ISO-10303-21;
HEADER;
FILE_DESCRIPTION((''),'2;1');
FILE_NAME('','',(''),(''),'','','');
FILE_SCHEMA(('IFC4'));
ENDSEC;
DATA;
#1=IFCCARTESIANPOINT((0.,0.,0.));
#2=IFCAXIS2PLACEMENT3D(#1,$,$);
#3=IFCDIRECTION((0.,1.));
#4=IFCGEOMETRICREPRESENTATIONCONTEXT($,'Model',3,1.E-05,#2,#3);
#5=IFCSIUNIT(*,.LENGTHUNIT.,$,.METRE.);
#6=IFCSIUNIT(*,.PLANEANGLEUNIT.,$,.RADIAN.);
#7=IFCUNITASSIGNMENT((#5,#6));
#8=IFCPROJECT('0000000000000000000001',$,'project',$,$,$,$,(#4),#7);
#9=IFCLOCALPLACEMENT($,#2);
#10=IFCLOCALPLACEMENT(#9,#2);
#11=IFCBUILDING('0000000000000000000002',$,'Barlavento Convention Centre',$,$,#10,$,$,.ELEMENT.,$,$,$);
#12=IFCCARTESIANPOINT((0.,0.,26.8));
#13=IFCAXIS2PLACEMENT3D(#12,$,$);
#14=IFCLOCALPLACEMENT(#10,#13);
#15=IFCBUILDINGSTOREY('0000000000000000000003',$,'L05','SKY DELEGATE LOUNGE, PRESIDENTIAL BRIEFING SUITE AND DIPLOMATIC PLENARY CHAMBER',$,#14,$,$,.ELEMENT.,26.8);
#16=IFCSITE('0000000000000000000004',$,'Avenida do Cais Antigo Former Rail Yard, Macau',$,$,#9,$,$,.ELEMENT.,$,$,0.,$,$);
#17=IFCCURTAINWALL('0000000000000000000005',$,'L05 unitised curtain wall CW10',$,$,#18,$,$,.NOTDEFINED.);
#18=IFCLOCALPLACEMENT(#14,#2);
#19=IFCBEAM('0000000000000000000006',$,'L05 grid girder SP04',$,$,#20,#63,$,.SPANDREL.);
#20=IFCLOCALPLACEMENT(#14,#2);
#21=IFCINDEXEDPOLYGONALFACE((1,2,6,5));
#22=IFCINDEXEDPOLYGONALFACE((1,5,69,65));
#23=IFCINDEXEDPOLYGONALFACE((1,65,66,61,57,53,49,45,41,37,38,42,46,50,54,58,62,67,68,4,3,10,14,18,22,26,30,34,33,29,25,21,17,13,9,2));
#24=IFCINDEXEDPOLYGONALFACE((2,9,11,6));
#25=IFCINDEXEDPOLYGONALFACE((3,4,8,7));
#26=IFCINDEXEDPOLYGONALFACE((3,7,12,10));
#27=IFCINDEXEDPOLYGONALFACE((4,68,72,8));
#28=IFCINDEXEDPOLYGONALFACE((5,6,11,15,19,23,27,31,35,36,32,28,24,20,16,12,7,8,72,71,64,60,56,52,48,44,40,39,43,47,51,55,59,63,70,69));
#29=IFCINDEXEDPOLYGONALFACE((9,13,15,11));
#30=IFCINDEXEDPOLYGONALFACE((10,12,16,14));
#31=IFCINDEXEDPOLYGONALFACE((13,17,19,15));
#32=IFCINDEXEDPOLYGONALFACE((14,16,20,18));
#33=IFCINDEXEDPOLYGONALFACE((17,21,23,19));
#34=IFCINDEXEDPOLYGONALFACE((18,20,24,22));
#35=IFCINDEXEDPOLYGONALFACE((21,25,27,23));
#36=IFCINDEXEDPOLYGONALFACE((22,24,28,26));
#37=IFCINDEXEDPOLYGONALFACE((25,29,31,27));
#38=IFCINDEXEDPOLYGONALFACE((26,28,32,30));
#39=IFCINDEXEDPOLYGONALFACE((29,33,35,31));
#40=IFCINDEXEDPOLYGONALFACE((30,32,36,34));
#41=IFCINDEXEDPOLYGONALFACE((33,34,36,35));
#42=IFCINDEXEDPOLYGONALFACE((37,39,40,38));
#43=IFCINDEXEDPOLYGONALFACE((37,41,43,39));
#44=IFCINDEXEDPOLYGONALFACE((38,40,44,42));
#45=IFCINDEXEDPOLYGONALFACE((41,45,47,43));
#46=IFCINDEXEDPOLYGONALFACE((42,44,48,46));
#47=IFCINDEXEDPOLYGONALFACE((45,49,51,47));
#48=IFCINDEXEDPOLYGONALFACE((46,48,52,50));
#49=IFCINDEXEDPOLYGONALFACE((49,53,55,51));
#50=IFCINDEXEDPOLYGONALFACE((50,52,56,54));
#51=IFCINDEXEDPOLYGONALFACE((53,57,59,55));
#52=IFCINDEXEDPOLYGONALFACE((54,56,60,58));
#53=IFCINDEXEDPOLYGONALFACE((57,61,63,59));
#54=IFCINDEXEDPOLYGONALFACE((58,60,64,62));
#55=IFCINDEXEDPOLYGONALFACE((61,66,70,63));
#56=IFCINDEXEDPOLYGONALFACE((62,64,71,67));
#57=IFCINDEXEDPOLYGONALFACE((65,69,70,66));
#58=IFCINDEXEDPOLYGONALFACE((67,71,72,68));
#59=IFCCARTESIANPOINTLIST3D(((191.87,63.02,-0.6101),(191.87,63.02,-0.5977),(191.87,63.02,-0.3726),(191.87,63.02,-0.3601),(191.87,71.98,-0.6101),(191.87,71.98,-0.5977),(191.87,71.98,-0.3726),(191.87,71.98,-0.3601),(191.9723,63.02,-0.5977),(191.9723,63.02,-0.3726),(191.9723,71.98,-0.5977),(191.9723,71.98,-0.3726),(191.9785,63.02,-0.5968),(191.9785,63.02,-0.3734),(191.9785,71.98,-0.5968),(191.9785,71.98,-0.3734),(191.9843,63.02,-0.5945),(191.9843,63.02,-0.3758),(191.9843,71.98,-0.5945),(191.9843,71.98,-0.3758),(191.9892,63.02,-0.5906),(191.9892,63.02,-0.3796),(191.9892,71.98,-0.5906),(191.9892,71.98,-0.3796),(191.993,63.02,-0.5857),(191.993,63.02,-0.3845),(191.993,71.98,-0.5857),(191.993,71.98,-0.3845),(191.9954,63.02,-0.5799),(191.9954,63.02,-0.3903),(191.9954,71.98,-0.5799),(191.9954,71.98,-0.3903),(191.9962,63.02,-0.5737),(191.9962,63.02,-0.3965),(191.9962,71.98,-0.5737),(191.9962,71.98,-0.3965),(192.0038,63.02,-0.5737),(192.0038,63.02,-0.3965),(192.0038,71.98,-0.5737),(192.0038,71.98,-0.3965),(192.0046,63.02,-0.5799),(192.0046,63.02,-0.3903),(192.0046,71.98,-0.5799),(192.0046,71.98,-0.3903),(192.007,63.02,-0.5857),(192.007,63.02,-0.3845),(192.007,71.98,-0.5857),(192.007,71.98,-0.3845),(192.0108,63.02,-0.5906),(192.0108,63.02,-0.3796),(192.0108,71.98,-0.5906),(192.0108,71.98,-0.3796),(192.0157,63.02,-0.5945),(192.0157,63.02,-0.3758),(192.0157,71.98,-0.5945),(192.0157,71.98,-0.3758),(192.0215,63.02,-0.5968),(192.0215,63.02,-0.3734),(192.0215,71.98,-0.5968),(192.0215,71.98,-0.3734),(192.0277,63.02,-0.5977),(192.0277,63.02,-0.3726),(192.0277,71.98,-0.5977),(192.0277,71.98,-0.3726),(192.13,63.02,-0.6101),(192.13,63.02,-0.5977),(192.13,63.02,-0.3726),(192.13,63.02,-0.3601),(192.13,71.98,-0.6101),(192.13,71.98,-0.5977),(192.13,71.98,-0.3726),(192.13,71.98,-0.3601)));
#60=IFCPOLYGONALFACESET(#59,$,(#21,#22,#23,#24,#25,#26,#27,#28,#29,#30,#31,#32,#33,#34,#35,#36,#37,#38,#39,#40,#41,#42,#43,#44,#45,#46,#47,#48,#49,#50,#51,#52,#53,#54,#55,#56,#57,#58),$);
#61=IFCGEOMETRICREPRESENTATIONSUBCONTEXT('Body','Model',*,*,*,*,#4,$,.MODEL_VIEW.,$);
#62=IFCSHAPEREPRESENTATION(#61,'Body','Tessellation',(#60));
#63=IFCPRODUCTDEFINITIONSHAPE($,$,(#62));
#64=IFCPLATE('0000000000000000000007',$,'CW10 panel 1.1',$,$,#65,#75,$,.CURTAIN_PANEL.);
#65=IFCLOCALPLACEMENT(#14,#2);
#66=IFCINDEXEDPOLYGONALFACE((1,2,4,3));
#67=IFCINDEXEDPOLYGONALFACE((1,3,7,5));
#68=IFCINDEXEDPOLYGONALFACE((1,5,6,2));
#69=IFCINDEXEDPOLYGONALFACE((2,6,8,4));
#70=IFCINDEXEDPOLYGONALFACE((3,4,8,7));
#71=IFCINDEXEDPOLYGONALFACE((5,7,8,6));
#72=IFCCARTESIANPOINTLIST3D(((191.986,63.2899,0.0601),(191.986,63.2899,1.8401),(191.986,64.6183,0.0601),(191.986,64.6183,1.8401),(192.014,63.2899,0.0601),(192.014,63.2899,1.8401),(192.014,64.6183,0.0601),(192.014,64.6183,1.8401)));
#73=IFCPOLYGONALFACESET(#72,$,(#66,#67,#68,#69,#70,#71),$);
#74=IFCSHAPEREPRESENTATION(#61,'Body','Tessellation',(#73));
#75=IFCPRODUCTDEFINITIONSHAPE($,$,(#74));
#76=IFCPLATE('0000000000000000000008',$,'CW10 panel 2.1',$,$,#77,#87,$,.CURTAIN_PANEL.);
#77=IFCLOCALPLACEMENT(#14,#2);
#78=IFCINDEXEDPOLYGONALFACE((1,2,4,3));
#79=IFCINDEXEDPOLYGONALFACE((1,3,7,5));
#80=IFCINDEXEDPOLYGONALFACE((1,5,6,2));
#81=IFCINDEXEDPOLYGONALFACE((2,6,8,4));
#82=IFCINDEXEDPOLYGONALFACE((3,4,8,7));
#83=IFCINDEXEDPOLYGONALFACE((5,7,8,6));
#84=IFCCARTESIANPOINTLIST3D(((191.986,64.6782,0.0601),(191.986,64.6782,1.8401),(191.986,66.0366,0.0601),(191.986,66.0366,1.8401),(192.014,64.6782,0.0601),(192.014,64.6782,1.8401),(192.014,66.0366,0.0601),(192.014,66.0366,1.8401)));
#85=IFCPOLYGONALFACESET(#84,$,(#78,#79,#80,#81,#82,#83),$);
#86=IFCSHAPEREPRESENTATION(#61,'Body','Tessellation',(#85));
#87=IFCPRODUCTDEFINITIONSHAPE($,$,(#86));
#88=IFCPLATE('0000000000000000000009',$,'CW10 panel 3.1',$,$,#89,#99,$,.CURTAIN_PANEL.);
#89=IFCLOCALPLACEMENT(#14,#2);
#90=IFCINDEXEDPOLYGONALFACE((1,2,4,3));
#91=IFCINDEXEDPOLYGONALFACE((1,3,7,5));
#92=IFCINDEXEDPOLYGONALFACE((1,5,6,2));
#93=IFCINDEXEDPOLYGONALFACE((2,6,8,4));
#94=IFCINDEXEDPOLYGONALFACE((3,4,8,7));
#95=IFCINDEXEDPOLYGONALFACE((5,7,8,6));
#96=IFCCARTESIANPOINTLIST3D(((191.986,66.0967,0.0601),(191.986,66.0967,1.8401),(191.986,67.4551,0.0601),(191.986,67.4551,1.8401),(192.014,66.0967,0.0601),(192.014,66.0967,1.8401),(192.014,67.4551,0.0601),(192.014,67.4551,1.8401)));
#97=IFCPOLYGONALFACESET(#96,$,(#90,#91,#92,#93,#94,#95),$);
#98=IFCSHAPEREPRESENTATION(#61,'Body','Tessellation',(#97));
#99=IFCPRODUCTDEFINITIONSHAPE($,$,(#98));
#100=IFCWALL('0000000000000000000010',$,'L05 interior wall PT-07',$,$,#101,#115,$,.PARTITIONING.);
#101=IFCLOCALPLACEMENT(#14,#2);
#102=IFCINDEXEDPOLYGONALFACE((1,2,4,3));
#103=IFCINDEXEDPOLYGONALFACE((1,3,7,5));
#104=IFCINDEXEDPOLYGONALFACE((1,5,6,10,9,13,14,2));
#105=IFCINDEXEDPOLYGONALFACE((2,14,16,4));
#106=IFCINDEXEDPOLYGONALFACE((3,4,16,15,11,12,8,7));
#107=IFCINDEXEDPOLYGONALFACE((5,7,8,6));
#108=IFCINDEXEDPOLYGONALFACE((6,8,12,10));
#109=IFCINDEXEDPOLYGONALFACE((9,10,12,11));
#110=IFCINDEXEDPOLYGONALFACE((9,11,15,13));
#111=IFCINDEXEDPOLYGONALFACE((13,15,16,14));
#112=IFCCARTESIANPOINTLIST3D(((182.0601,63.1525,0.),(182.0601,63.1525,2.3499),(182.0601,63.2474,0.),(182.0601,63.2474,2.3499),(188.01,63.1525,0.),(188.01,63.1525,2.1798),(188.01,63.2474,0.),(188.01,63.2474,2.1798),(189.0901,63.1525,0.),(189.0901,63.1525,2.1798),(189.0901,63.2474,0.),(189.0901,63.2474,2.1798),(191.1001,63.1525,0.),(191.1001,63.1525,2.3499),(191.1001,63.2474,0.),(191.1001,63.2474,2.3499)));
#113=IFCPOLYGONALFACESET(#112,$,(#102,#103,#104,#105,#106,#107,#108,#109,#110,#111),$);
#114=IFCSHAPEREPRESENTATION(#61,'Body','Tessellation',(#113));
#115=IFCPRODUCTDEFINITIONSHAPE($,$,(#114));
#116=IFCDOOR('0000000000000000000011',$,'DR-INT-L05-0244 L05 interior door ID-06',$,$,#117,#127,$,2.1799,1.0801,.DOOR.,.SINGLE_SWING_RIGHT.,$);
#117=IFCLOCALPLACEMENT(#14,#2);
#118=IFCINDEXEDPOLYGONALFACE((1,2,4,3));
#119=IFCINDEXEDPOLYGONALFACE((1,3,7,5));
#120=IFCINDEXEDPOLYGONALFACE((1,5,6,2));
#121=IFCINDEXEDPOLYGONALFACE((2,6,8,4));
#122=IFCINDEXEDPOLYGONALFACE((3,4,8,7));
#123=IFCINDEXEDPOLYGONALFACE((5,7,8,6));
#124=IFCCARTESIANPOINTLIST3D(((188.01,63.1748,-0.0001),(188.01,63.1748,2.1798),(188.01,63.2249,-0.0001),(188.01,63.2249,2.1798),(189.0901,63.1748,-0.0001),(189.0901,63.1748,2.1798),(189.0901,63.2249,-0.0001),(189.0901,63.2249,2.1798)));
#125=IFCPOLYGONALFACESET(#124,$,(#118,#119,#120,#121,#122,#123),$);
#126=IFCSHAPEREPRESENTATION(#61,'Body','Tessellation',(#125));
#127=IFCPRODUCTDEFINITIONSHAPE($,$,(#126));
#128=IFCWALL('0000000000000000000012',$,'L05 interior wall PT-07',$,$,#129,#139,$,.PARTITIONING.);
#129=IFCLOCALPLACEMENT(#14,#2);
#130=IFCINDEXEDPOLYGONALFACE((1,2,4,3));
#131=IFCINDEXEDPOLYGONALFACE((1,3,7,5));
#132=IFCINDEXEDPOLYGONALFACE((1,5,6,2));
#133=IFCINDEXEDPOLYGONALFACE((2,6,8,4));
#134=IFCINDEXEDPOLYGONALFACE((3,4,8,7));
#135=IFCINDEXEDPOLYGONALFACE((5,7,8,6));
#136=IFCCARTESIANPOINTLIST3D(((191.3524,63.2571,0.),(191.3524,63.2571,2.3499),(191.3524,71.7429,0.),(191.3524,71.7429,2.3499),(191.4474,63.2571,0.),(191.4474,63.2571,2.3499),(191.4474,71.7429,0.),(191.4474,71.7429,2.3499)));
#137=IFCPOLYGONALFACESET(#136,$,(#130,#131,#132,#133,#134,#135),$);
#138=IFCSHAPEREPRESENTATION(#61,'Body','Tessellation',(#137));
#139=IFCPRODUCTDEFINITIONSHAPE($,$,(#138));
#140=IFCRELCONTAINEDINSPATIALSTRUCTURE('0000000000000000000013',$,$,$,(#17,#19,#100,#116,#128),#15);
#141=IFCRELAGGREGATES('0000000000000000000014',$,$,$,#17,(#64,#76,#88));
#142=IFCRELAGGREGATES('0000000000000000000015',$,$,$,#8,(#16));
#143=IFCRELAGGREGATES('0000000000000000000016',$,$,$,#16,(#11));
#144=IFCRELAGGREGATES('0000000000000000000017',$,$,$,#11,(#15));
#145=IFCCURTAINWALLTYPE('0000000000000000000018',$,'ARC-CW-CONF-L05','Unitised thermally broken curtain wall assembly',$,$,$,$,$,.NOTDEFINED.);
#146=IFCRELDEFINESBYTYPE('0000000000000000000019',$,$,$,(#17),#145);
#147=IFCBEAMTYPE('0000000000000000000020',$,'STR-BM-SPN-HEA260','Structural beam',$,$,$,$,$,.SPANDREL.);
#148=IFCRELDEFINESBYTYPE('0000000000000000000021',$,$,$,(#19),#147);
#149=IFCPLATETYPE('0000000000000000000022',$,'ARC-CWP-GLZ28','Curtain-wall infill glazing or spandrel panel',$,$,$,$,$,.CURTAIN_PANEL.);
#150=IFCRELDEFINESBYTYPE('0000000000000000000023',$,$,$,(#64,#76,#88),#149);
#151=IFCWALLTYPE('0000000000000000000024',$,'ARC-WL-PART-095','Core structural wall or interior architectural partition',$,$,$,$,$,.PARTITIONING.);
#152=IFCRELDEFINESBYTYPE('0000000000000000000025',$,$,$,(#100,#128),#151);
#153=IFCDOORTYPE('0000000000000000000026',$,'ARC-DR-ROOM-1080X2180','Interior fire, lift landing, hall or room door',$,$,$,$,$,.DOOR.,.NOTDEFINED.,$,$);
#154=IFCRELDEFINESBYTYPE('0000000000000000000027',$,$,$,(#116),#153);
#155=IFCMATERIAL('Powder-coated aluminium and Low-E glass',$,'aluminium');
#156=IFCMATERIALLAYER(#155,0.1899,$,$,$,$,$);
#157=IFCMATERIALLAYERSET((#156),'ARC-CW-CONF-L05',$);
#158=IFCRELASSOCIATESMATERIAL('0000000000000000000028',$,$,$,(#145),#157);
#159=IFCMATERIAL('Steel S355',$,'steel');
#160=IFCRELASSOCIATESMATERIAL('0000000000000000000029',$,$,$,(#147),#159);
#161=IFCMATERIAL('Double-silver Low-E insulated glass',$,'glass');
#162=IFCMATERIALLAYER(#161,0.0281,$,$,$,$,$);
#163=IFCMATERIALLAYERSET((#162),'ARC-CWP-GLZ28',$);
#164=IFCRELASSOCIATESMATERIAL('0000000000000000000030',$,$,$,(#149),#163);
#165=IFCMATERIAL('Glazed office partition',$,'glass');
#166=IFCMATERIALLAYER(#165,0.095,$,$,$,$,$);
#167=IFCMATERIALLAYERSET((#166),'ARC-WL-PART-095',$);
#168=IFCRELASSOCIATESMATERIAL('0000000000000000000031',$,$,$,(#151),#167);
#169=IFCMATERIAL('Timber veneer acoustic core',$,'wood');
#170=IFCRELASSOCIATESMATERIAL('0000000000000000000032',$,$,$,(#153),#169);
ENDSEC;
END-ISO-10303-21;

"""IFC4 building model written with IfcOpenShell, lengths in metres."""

from ifc_helpers import new_model, si_unit, direction, frame, frame_2d, origin, origin_2d, place, context, subcontext, project, spatial, rectangle, i_section, extrude, material, layer, layer_set, material_profile, profile_set, type_object, element, fill, aggregate, save


model = new_model("IFC4")

# Units and contexts
model_context = context("Model", 3, precision=1e-05, world=origin(), true_north=direction((0.0, 1.0)))
body_context = subcontext(model_context, "Body", "Model", "MODEL_VIEW")
ifc_project = project(units=[si_unit("LENGTHUNIT", "METRE"), si_unit("PLANEANGLEUNIT", "RADIAN")], contexts=[model_context])

# Site, building, storey
site_placement = place(None, origin())
site = spatial("IfcSite", under=ifc_project, at=site_placement, Name="Avenida do Cais Antigo Former Rail Yard, Macau", CompositionType="ELEMENT", RefElevation=0.0)
building_placement = place(site_placement, origin())
building = spatial("IfcBuilding", under=site, at=building_placement, Name="Barlavento Convention Centre", CompositionType="ELEMENT")
storey_placement = place(building_placement, frame((0.0, 0.0, 26.8)))
storey = spatial("IfcBuildingStorey", under=building, at=storey_placement, Name="L05", Description="SKY DELEGATE LOUNGE, PRESIDENTIAL BRIEFING SUITE AND DIPLOMATIC PLENARY CHAMBER", CompositionType="ELEMENT", Elevation=26.8)

# Shared definitions
ifc_material_1 = material(Name="Steel S355", Category="steel")

# Shared definitions
ifc_material_2 = material(Name="Powder-coated aluminium and Low-E glass", Category="aluminium")
ifc_layer_1 = layer(ifc_material_2, 0.1899)
ifc_layer_set_1 = layer_set([ifc_layer_1], Name="ARC-CW-CONF-L05")
curtain_wall_type = type_object("IfcCurtainWallType", Name="ARC-CW-CONF-L05", Description="Unitised thermally broken curtain wall assembly", PredefinedType="NOTDEFINED", material=ifc_layer_set_1)

# Curtain wall
curtain_wall_1_placement = place(storey_placement, origin())
curtain_wall_1 = element("IfcCurtainWall", 1, at=curtain_wall_1_placement, inside=storey, type_object=curtain_wall_type, Name="L05 unitised curtain wall CW10", PredefinedType="NOTDEFINED")

# Beam
ifc_material_profile_1 = material_profile(ifc_material_1, i_section(OverallWidth=0.26, OverallDepth=0.25, WebThickness=0.0076, FlangeThickness=0.0125, FilletRadius=0.0239, at=origin_2d()), Name="HEA 260")
ifc_profile_set_1 = profile_set([ifc_material_profile_1], Name="Steel S355")
beam_type_1 = type_object("IfcBeamType", Name="STR-BM-SPN-HEA260", Description="Structural beam", PredefinedType="SPANDREL", material=ifc_profile_set_1)
beam_1_placement = place(storey_placement, frame((192.0, 63.02, -0.4851), z_axis=(0.0, 1.0, 0.0), x_axis=(-1.0, 0.0, 0.0)))
element("IfcBeam", 2, at=beam_1_placement, inside=storey, type_object=beam_type_1, Name="L05 grid girder SP04", PredefinedType="SPANDREL", context=body_context, shape_type="SweptSolid", body=[
    extrude(i_section(OverallWidth=0.26, OverallDepth=0.25, WebThickness=0.0076, FlangeThickness=0.0125, FilletRadius=0.0239, at=origin_2d()), origin(), (0.0, 0.0, 1.0), 8.96),
])

# Plates
ifc_material_3 = material(Name="Double-silver Low-E insulated glass", Category="glass")
ifc_layer_2 = layer(ifc_material_3, 0.0281)
ifc_layer_set_2 = layer_set([ifc_layer_2], Name="ARC-CWP-GLZ28")
plate_type = type_object("IfcPlateType", Name="ARC-CWP-GLZ28", Description="Curtain-wall infill glazing or spandrel panel", PredefinedType="CURTAIN_PANEL", material=ifc_layer_set_2)
plate_1_placement = place(storey_placement, frame((192.0, 63.9541, 0.0601), z_axis=(0.0, 0.0, 1.0), x_axis=(0.0, 1.0, 0.0)))
plate_1 = element("IfcPlate", 3, at=plate_1_placement, type_object=plate_type, Name="CW10 panel 1.1", PredefinedType="CURTAIN_PANEL", context=body_context, shape_type="SweptSolid", body=[
    extrude(rectangle(XDim=1.3284, YDim=0.0281, at=origin_2d()), origin(), (0.0, 0.0, 1.0), 1.78),
])
plate_2_placement = place(storey_placement, frame((192.0, 65.3574, 0.0601), z_axis=(0.0, 0.0, 1.0), x_axis=(0.0, 1.0, 0.0)))
plate_2 = element("IfcPlate", 4, at=plate_2_placement, type_object=plate_type, Name="CW10 panel 2.1", PredefinedType="CURTAIN_PANEL", context=body_context, shape_type="SweptSolid", body=[
    extrude(rectangle(XDim=1.3584, YDim=0.0281, at=origin_2d()), origin(), (0.0, 0.0, 1.0), 1.78),
])
plate_3_placement = place(storey_placement, frame((192.0, 66.7759, 0.0601), z_axis=(0.0, 0.0, 1.0), x_axis=(0.0, 1.0, 0.0)))
plate_3 = element("IfcPlate", 5, at=plate_3_placement, type_object=plate_type, Name="CW10 panel 3.1", PredefinedType="CURTAIN_PANEL", context=body_context, shape_type="SweptSolid", body=[
    extrude(rectangle(XDim=1.3584, YDim=0.0281, at=origin_2d()), origin(), (0.0, 0.0, 1.0), 1.78),
])
aggregate(curtain_wall_1, [plate_1, plate_2, plate_3])

# Wall, opening, door
ifc_material_4 = material(Name="Glazed office partition", Category="glass")
ifc_layer_3 = layer(ifc_material_4, 0.095)
ifc_layer_set_3 = layer_set([ifc_layer_3], Name="ARC-WL-PART-095")
wall_type = type_object("IfcWallType", Name="ARC-WL-PART-095", Description="Core structural wall or interior architectural partition", PredefinedType="PARTITIONING", material=ifc_layer_set_3)
wall_1_placement = place(storey_placement, frame((182.0601, 63.2, 0.0), z_axis=(0.0, 0.0, 1.0), x_axis=(1.0, 0.0, 0.0)))
wall_1 = element("IfcWall", 6, at=wall_1_placement, inside=storey, type_object=wall_type, Name="L05 interior wall PT-07", PredefinedType="PARTITIONING", context=body_context, shape_type="SweptSolid", body=[
    extrude(rectangle(XDim=9.04, YDim=0.095, at=frame_2d((4.52, 0.0))), origin(), (0.0, 0.0, 1.0), 2.3499),
])
opening_placement = place(wall_1_placement, frame((5.95, 0.0, 0.0)))
opening = element("IfcOpeningElement", 7, at=opening_placement, cuts=wall_1, PredefinedType="OPENING", context=body_context, shape_type="SweptSolid", body=[
    extrude(rectangle(XDim=1.0801, YDim=2.1799, at=frame_2d((0.54, 1.0898))), frame((0.0, 0.0574, 0.0), z_axis=(0.0, -1.0, 0.0), x_axis=(1.0, 0.0, 0.0)), (0.0, 0.0, 1.0), 0.115),
])
ifc_material_5 = material(Name="Timber veneer acoustic core", Category="wood")
door_type = type_object("IfcDoorType", Name="ARC-DR-ROOM-1080X2180", Description="Interior fire, lift landing, hall or room door", OperationType="NOTDEFINED", PredefinedType="DOOR", material=ifc_material_5)
door_placement = place(opening_placement, origin())
door = element("IfcDoor", 8, at=door_placement, inside=storey, type_object=door_type, Name="DR-INT-L05-0244 L05 interior door ID-06", OperationType="SINGLE_SWING_RIGHT", OverallHeight=2.1799, OverallWidth=1.0801, PredefinedType="DOOR", context=body_context, shape_type="SweptSolid", body=[
    extrude(rectangle(XDim=1.0801, YDim=2.1799, at=frame_2d((0.54, 1.0898))), frame((0.0, 0.0249, 0.0), z_axis=(0.0, -1.0, 0.0), x_axis=(1.0, 0.0, 0.0)), (0.0, 0.0, 1.0), 0.05),
])
fill(opening, door)

# Wall
wall_2_placement = place(storey_placement, frame((191.3999, 63.2571, 0.0), z_axis=(0.0, 0.0, 1.0), x_axis=(0.0, 1.0, 0.0)))
element("IfcWall", 9, at=wall_2_placement, inside=storey, type_object=wall_type, Name="L05 interior wall PT-07", PredefinedType="PARTITIONING", context=body_context, shape_type="SweptSolid", body=[
    extrude(rectangle(XDim=8.4858, YDim=0.095, at=frame_2d((4.2429, 0.0))), origin(), (0.0, 0.0, 1.0), 2.3499),
])

save(model, "model.ifc")
